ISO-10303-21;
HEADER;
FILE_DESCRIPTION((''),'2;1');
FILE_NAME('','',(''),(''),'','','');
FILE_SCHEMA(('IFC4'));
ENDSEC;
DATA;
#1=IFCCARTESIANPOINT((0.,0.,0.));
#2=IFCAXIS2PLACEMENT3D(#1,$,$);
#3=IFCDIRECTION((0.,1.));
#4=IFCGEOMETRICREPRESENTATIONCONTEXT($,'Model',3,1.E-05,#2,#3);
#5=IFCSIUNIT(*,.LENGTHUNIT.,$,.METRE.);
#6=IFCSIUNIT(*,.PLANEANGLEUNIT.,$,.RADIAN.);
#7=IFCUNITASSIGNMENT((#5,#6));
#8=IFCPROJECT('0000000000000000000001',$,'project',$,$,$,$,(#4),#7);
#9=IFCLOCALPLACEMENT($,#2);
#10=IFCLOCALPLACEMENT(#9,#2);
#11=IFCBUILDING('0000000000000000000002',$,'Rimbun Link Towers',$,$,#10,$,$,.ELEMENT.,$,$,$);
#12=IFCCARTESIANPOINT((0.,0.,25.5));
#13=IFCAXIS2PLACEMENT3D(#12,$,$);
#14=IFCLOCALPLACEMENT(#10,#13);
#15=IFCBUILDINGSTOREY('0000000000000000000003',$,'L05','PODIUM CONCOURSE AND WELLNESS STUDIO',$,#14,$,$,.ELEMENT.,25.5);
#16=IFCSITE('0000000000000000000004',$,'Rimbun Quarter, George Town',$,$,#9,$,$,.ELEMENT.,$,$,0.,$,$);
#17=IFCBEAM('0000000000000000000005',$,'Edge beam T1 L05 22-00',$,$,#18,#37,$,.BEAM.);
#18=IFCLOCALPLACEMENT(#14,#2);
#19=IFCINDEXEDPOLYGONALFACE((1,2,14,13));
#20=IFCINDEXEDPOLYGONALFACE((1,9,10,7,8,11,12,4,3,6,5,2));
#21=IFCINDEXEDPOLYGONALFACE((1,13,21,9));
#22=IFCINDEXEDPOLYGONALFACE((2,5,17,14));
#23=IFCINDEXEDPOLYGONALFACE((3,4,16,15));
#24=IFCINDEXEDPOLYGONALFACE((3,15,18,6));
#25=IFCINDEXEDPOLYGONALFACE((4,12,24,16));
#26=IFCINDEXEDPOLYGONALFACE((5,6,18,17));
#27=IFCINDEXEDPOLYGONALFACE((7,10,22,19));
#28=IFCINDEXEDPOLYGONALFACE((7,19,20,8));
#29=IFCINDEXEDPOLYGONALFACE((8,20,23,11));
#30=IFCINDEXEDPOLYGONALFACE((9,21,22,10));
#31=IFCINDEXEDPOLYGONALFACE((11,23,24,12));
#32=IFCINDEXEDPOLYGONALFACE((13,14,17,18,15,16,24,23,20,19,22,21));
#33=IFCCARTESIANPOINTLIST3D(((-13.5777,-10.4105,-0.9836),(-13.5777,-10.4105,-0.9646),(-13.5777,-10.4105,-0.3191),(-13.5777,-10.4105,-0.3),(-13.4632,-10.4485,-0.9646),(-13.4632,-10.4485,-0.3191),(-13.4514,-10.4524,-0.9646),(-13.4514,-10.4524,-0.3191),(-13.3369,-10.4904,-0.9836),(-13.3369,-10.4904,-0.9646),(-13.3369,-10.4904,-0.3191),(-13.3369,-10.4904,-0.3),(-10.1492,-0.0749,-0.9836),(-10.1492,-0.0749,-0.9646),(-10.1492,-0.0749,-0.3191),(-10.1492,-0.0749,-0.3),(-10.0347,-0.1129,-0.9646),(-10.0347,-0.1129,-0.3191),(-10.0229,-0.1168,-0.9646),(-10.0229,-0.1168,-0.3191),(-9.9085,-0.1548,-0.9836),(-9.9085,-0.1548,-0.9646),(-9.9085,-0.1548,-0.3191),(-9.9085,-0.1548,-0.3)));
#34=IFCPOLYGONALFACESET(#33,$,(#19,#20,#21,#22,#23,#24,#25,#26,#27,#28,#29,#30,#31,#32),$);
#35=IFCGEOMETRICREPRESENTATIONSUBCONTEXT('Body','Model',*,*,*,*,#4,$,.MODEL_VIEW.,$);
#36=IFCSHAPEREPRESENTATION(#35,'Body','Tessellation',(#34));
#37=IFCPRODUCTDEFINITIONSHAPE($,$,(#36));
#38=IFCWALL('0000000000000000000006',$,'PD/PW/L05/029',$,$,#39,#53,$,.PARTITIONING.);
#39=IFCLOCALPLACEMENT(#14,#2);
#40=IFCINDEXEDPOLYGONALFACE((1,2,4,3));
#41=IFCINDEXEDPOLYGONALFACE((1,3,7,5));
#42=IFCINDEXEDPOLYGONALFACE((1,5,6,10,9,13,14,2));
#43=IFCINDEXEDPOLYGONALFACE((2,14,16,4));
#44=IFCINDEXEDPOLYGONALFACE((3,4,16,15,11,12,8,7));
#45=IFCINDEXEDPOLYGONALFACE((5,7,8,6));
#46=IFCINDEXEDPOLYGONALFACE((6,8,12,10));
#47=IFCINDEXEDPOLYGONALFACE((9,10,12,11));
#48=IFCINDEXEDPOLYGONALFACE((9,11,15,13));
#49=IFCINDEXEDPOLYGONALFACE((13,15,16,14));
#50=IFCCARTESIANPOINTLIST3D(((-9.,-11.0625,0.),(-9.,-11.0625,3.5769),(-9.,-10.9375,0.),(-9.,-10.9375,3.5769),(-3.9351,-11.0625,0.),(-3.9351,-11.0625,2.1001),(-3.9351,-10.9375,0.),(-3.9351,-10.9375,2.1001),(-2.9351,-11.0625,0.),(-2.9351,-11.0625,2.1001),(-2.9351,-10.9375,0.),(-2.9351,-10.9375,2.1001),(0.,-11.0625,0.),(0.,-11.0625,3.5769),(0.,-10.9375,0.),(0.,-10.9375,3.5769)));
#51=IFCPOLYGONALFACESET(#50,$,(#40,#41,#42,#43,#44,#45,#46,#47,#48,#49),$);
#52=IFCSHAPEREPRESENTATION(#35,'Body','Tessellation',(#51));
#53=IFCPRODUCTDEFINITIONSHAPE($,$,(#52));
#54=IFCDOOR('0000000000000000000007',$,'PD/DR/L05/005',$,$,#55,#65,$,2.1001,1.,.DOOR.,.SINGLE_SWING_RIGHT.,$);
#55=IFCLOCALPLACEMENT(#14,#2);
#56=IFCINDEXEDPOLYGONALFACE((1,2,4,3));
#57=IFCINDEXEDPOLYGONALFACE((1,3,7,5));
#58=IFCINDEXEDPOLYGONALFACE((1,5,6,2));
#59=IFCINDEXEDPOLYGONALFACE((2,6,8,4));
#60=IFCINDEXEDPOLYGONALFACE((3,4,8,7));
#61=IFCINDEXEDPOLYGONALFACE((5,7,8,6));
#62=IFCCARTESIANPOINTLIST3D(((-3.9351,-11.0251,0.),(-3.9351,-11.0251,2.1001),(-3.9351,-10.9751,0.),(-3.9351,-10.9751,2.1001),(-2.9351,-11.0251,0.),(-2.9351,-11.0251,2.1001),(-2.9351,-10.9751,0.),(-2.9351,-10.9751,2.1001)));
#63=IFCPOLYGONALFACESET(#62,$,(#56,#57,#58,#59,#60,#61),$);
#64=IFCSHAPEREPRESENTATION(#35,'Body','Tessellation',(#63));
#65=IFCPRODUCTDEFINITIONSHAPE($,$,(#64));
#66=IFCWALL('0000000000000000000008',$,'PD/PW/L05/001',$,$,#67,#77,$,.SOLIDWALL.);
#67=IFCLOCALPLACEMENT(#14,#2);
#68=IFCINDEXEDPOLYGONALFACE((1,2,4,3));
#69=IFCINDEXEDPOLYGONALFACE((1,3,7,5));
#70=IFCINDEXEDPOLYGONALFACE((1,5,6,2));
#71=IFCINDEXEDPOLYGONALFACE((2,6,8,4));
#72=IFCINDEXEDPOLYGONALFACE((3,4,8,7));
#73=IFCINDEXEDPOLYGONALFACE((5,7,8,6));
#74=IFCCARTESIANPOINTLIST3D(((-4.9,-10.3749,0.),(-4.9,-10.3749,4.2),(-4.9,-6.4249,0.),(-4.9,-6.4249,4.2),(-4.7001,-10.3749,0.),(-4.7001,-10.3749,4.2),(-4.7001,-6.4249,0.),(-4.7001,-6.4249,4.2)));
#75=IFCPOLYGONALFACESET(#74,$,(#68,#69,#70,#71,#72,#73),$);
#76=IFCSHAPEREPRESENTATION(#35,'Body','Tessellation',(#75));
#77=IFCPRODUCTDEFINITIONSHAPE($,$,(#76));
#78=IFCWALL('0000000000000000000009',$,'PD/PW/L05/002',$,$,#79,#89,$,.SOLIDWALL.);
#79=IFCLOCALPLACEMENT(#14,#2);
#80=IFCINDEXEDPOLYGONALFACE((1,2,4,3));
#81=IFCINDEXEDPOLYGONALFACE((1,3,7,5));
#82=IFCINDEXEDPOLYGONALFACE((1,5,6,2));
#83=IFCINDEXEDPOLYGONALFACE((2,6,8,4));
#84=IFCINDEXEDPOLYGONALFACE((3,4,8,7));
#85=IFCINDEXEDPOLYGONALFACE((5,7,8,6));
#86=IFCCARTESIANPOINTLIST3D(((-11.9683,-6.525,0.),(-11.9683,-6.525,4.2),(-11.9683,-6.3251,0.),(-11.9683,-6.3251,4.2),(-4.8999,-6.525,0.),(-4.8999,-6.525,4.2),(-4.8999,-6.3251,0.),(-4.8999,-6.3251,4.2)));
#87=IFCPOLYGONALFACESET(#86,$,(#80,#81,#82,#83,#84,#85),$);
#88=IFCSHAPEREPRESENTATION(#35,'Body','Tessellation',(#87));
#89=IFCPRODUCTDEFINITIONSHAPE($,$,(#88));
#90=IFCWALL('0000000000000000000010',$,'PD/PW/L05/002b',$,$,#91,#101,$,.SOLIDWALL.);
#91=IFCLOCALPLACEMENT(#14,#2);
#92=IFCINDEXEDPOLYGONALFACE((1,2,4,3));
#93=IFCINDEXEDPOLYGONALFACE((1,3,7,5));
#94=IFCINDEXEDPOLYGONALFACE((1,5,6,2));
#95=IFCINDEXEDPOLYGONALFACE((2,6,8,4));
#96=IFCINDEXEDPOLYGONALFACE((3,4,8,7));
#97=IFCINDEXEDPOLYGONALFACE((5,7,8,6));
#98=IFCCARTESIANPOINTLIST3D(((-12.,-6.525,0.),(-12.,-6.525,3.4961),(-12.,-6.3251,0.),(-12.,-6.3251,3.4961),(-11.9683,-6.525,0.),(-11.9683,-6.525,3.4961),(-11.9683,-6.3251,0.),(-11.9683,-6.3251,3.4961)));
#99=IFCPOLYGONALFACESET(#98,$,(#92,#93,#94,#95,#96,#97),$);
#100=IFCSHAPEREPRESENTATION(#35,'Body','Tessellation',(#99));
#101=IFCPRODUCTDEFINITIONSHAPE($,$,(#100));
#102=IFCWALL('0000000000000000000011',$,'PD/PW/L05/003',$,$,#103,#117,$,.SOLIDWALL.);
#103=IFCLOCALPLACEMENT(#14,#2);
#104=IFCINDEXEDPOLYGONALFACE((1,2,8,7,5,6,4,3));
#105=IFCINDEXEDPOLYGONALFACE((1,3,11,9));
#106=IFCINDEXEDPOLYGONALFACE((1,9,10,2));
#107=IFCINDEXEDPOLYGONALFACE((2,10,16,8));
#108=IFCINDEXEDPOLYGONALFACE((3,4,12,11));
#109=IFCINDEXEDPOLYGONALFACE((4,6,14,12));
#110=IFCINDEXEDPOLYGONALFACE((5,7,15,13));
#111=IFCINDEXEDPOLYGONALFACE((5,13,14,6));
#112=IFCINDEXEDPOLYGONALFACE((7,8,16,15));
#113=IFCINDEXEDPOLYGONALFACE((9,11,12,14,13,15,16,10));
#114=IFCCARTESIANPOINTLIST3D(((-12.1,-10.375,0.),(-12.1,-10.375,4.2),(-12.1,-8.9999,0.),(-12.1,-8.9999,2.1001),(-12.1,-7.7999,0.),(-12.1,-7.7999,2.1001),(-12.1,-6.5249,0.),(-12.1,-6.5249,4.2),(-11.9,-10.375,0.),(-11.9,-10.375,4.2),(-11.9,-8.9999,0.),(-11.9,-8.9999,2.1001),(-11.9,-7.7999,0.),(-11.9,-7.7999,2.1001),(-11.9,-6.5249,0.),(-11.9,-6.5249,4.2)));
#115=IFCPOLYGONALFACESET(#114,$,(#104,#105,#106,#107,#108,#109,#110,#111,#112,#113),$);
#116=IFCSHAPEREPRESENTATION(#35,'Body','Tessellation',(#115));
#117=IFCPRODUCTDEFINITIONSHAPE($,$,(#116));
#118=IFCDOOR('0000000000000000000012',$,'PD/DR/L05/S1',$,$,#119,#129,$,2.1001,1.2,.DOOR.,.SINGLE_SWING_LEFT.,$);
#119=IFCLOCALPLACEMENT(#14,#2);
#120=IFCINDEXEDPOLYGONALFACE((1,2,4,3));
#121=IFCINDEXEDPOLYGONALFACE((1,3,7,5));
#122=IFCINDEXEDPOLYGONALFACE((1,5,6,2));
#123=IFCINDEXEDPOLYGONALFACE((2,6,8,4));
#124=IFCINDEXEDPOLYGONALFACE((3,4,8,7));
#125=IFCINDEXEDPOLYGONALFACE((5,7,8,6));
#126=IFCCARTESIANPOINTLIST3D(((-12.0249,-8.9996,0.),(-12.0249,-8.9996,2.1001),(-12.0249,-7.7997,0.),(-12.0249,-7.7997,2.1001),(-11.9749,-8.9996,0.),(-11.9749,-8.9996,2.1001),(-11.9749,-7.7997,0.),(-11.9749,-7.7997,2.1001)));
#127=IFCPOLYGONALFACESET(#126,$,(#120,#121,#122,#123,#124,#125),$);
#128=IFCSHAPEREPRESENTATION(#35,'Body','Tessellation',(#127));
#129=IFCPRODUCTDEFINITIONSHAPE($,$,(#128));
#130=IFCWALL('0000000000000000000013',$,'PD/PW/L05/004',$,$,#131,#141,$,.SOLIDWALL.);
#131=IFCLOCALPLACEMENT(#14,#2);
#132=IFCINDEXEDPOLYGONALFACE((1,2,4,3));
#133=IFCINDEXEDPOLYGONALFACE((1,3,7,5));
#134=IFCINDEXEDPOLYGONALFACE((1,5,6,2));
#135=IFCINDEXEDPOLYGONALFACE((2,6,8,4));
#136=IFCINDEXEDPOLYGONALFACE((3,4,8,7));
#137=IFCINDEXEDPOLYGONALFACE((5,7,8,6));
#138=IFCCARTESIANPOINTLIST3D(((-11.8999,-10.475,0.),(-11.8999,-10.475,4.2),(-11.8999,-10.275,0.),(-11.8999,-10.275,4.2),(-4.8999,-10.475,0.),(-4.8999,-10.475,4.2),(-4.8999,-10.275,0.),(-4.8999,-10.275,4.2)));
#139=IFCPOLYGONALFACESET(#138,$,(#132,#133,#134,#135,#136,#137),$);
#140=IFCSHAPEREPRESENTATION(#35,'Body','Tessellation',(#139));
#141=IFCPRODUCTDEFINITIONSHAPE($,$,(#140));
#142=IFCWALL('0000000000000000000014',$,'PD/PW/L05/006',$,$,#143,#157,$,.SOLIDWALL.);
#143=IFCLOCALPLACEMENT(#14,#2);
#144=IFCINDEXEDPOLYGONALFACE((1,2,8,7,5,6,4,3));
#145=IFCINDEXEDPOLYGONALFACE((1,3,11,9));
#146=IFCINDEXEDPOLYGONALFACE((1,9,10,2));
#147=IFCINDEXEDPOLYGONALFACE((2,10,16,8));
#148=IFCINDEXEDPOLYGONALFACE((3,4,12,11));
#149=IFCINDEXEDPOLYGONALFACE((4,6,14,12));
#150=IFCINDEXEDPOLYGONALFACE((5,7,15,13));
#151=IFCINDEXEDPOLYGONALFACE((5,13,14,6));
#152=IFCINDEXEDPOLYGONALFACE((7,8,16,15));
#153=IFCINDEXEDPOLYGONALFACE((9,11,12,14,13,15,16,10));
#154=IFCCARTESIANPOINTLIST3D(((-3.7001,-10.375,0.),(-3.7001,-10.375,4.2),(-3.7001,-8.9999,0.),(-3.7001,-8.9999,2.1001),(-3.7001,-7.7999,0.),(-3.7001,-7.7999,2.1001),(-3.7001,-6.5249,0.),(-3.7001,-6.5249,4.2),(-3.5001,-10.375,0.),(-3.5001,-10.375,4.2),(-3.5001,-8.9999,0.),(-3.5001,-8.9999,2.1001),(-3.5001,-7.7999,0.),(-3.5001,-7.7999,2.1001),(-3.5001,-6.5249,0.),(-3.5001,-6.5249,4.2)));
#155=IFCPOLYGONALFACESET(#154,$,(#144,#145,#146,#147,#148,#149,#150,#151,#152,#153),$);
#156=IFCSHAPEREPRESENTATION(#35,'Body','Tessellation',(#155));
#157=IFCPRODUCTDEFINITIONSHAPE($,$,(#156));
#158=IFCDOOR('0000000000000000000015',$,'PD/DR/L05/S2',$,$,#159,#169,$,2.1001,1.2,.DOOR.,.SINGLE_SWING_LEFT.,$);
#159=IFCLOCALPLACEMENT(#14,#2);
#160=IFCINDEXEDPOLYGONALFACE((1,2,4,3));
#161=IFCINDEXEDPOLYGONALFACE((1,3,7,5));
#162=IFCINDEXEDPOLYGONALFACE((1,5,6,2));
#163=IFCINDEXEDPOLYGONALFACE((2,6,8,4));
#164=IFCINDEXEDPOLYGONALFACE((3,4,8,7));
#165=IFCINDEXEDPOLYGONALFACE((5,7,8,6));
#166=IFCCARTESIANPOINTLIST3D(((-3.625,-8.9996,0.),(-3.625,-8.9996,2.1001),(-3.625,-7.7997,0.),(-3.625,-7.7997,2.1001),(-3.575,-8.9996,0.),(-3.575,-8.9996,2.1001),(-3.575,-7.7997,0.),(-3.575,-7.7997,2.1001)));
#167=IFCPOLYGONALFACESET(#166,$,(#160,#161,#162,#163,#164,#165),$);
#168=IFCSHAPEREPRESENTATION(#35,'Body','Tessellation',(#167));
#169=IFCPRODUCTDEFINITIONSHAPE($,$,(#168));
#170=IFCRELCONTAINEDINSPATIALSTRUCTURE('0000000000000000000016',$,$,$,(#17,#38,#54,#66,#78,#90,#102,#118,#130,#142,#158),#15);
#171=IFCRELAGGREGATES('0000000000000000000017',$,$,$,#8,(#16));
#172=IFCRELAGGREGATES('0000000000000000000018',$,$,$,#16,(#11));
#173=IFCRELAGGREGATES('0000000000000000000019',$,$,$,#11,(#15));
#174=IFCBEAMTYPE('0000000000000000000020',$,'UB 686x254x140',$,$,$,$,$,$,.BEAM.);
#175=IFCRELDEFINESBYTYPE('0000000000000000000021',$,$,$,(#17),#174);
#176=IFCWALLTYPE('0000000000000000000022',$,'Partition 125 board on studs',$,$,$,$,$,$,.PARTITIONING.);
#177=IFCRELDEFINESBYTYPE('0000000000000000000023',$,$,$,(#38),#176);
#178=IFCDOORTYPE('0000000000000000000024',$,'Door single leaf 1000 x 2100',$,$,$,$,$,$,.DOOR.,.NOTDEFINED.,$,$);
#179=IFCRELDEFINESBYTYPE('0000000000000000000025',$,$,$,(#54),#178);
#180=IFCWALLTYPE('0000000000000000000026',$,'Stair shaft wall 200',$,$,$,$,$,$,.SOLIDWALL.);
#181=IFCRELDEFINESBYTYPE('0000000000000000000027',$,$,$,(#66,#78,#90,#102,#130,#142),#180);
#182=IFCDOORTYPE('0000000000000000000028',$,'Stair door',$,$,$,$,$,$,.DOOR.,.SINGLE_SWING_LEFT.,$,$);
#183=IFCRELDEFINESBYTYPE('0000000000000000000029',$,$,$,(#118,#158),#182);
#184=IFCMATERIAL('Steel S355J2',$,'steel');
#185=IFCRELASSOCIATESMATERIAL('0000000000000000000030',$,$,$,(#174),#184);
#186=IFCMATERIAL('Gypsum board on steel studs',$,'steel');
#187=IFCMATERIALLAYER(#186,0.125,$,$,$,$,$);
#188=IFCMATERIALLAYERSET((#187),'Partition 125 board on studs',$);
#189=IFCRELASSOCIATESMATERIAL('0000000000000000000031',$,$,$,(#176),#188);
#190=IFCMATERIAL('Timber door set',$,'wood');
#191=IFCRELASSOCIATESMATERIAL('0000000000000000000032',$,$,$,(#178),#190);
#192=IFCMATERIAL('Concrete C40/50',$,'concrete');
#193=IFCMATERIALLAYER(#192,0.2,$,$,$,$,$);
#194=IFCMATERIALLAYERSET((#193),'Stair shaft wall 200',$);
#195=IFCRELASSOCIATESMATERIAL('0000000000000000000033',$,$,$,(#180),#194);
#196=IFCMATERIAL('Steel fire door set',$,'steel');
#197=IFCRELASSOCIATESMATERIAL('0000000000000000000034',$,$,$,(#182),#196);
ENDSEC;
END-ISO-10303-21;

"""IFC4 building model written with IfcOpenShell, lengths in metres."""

from ifc_helpers import new_model, si_unit, direction, frame, frame_2d, origin, origin_2d, place, context, subcontext, project, spatial, rectangle, i_section, extrude, material, layer, layer_set, material_profile, profile_set, type_object, element, fill, save


model = new_model("IFC4")

# Units and contexts
model_context = context("Model", 3, precision=1e-05, world=origin(), true_north=direction((0.0, 1.0)))
body_context = subcontext(model_context, "Body", "Model", "MODEL_VIEW")
ifc_project = project(units=[si_unit("LENGTHUNIT", "METRE"), si_unit("PLANEANGLEUNIT", "RADIAN")], contexts=[model_context])

# Site, building, storey
site_placement = place(None, origin())
site = spatial("IfcSite", under=ifc_project, at=site_placement, Name="Rimbun Quarter, George Town", CompositionType="ELEMENT", RefElevation=0.0)
building_placement = place(site_placement, origin())
building = spatial("IfcBuilding", under=site, at=building_placement, Name="Rimbun Link Towers", CompositionType="ELEMENT")
storey_placement = place(building_placement, frame((0.0, 0.0, 25.5)))
storey = spatial("IfcBuildingStorey", under=building, at=storey_placement, Name="L05", Description="PODIUM CONCOURSE AND WELLNESS STUDIO", CompositionType="ELEMENT", Elevation=25.5)

# Beam
ifc_material_1 = material(Name="Steel S355J2", Category="steel")
ifc_material_profile_1 = material_profile(ifc_material_1, i_section(OverallWidth=0.2537, OverallDepth=0.6836, WebThickness=0.0125, FlangeThickness=0.019, at=origin_2d()), Name="UB 686x254x140")
ifc_profile_set_1 = profile_set([ifc_material_profile_1], Name="Steel S355J2")
beam_type_1 = type_object("IfcBeamType", Name="UB 686x254x140", PredefinedType="BEAM", material=ifc_profile_set_1)
beam_1_placement = place(storey_placement, frame((-13.4573, -10.4504, -0.6418), z_axis=(0.314842, 0.949144, 0.0), x_axis=(-0.949144, 0.314842, 0.0)))
element("IfcBeam", 1, at=beam_1_placement, inside=storey, type_object=beam_type_1, Name="Edge beam T1 L05 22-00", PredefinedType="BEAM", context=body_context, shape_type="SweptSolid", body=[
    extrude(i_section(OverallWidth=0.2537, OverallDepth=0.6836, WebThickness=0.0125, FlangeThickness=0.019, at=origin_2d()), origin(), (0.0, 0.0, 1.0), 10.8894),
])

# Wall, opening, door
ifc_material_2 = material(Name="Gypsum board on steel studs", Category="steel")
ifc_layer_1 = layer(ifc_material_2, 0.125)
ifc_layer_set_1 = layer_set([ifc_layer_1], Name="Partition 125 board on studs")
wall_type_1 = type_object("IfcWallType", Name="Partition 125 board on studs", PredefinedType="PARTITIONING", material=ifc_layer_set_1)
wall_1_placement = place(storey_placement, frame((-9.0, -11.0, 0.0), z_axis=(0.0, 0.0, 1.0), x_axis=(1.0, 0.0, 0.0)))
wall_1 = element("IfcWall", 2, at=wall_1_placement, inside=storey, type_object=wall_type_1, Name="PD/PW/L05/029", PredefinedType="PARTITIONING", context=body_context, shape_type="SweptSolid", body=[
    extrude(rectangle(XDim=9.0, YDim=0.125, at=frame_2d((4.5, 0.0))), origin(), (0.0, 0.0, 1.0), 3.5769),
])
opening_1_placement = place(wall_1_placement, frame((5.0649, 0.0, 0.0)))
opening_1 = element("IfcOpeningElement", 3, at=opening_1_placement, cuts=wall_1, PredefinedType="OPENING", context=body_context, shape_type="SweptSolid", body=[
    extrude(rectangle(XDim=1.0, YDim=2.1001, at=frame_2d((0.5, 1.05))), frame((0.0, 0.0725, 0.0), z_axis=(0.0, -1.0, 0.0), x_axis=(1.0, 0.0, 0.0)), (0.0, 0.0, 1.0), 0.145),
])
ifc_material_3 = material(Name="Timber door set", Category="wood")
door_type_1 = type_object("IfcDoorType", Name="Door single leaf 1000 x 2100", OperationType="NOTDEFINED", PredefinedType="DOOR", material=ifc_material_3)
door_1_placement = place(opening_1_placement, origin())
door_1 = element("IfcDoor", 4, at=door_1_placement, inside=storey, type_object=door_type_1, Name="PD/DR/L05/005", OperationType="SINGLE_SWING_RIGHT", OverallHeight=2.1001, OverallWidth=1.0, PredefinedType="DOOR", context=body_context, shape_type="SweptSolid", body=[
    extrude(rectangle(XDim=1.0, YDim=2.1001, at=frame_2d((0.5, 1.05))), frame((0.0, 0.0249, 0.0), z_axis=(0.0, -1.0, 0.0), x_axis=(1.0, 0.0, 0.0)), (0.0, 0.0, 1.0), 0.05),
])
fill(opening_1, door_1)

# Walls
ifc_material_4 = material(Name="Concrete C40/50", Category="concrete")
ifc_layer_2 = layer(ifc_material_4, 0.2)
ifc_layer_set_2 = layer_set([ifc_layer_2], Name="Stair shaft wall 200")
wall_type_2 = type_object("IfcWallType", Name="Stair shaft wall 200", PredefinedType="SOLIDWALL", material=ifc_layer_set_2)
wall_2_placement = place(storey_placement, frame((-4.8, -10.375, 0.0), z_axis=(0.0, 0.0, 1.0), x_axis=(0.0, 1.0, 0.0)))
element("IfcWall", 5, at=wall_2_placement, inside=storey, type_object=wall_type_2, Name="PD/PW/L05/001", PredefinedType="SOLIDWALL", context=body_context, shape_type="SweptSolid", body=[
    extrude(rectangle(XDim=3.95, YDim=0.2, at=frame_2d((1.9751, 0.0))), origin(), (0.0, 0.0, 1.0), 4.2),
])
wall_3_placement = place(storey_placement, frame((-4.8999, -6.425, 0.0), z_axis=(0.0, 0.0, 1.0), x_axis=(-1.0, 0.0, 0.0)))
element("IfcWall", 6, at=wall_3_placement, inside=storey, type_object=wall_type_2, Name="PD/PW/L05/002", PredefinedType="SOLIDWALL", context=body_context, shape_type="SweptSolid", body=[
    extrude(rectangle(XDim=7.0684, YDim=0.2, at=frame_2d((3.5342, 0.0))), origin(), (0.0, 0.0, 1.0), 4.2),
])
wall_4_placement = place(storey_placement, frame((-11.9683, -6.425, 0.0), z_axis=(0.0, 0.0, 1.0), x_axis=(-1.0, 0.0, 0.0)))
element("IfcWall", 7, at=wall_4_placement, inside=storey, type_object=wall_type_2, Name="PD/PW/L05/002b", PredefinedType="SOLIDWALL", context=body_context, shape_type="SweptSolid", body=[
    extrude(rectangle(XDim=0.0317, YDim=0.2, at=frame_2d((0.0159, 0.0))), origin(), (0.0, 0.0, 1.0), 3.4961),
])

# Wall, opening, door
wall_5_placement = place(storey_placement, frame((-12.0, -6.5249, 0.0), z_axis=(0.0, 0.0, 1.0), x_axis=(0.0, -1.0, 0.0)))
wall_5 = element("IfcWall", 8, at=wall_5_placement, inside=storey, type_object=wall_type_2, Name="PD/PW/L05/003", PredefinedType="SOLIDWALL", context=body_context, shape_type="SweptSolid", body=[
    extrude(rectangle(XDim=3.8501, YDim=0.2, at=frame_2d((1.925, 0.0))), origin(), (0.0, 0.0, 1.0), 4.2),
])
opening_2_placement = place(wall_5_placement, frame((1.2749, 0.0, 0.0)))
opening_2 = element("IfcOpeningElement", 9, at=opening_2_placement, cuts=wall_5, PredefinedType="OPENING", context=body_context, shape_type="SweptSolid", body=[
    extrude(rectangle(XDim=1.2, YDim=2.1001, at=frame_2d((0.6001, 1.05))), frame((0.0, 0.1099, 0.0), z_axis=(0.0, -1.0, 0.0), x_axis=(1.0, 0.0, 0.0)), (0.0, 0.0, 1.0), 0.22),
])
ifc_material_5 = material(Name="Steel fire door set", Category="steel")
door_type_2 = type_object("IfcDoorType", Name="Stair door", OperationType="SINGLE_SWING_LEFT", PredefinedType="DOOR", material=ifc_material_5)
door_2_placement = place(opening_2_placement, frame((1.2, 0.0, 0.0), z_axis=(0.0, 0.0, 1.0), x_axis=(-1.0, 0.0, 0.0)))
door_2 = element("IfcDoor", 10, at=door_2_placement, inside=storey, type_object=door_type_2, Name="PD/DR/L05/S1", OperationType="SINGLE_SWING_LEFT", OverallHeight=2.1001, OverallWidth=1.2, PredefinedType="DOOR", context=body_context, shape_type="SweptSolid", body=[
    extrude(rectangle(XDim=1.2, YDim=2.1001, at=frame_2d((0.6001, 1.05))), frame((0.0, 0.0249, 0.0), z_axis=(0.0, -1.0, 0.0), x_axis=(1.0, 0.0, 0.0)), (0.0, 0.0, 1.0), 0.05),
])
fill(opening_2, door_2)

# Wall
wall_6_placement = place(storey_placement, frame((-11.8999, -10.375, 0.0), z_axis=(0.0, 0.0, 1.0), x_axis=(1.0, 0.0, 0.0)))
element("IfcWall", 11, at=wall_6_placement, inside=storey, type_object=wall_type_2, Name="PD/PW/L05/004", PredefinedType="SOLIDWALL", context=body_context, shape_type="SweptSolid", body=[
    extrude(rectangle(XDim=7.0, YDim=0.2, at=frame_2d((3.5, 0.0))), origin(), (0.0, 0.0, 1.0), 4.2),
])

# Wall, opening, door
wall_7_placement = place(storey_placement, frame((-3.6001, -6.5249, 0.0), z_axis=(0.0, 0.0, 1.0), x_axis=(0.0, -1.0, 0.0)))
wall_7 = element("IfcWall", 12, at=wall_7_placement, inside=storey, type_object=wall_type_2, Name="PD/PW/L05/006", PredefinedType="SOLIDWALL", context=body_context, shape_type="SweptSolid", body=[
    extrude(rectangle(XDim=3.8501, YDim=0.2, at=frame_2d((1.925, 0.0))), origin(), (0.0, 0.0, 1.0), 4.2),
])
opening_3_placement = place(wall_7_placement, frame((1.2749, 0.0, 0.0)))
opening_3 = element("IfcOpeningElement", 13, at=opening_3_placement, cuts=wall_7, PredefinedType="OPENING", context=body_context, shape_type="SweptSolid", body=[
    extrude(rectangle(XDim=1.2, YDim=2.1001, at=frame_2d((0.6001, 1.05))), frame((0.0, 0.1099, 0.0), z_axis=(0.0, -1.0, 0.0), x_axis=(1.0, 0.0, 0.0)), (0.0, 0.0, 1.0), 0.22),
])
door_3_placement = place(opening_3_placement, frame((1.2, 0.0, 0.0), z_axis=(0.0, 0.0, 1.0), x_axis=(-1.0, 0.0, 0.0)))
door_3 = element("IfcDoor", 14, at=door_3_placement, inside=storey, type_object=door_type_2, Name="PD/DR/L05/S2", OperationType="SINGLE_SWING_LEFT", OverallHeight=2.1001, OverallWidth=1.2, PredefinedType="DOOR", context=body_context, shape_type="SweptSolid", body=[
    extrude(rectangle(XDim=1.2, YDim=2.1001, at=frame_2d((0.6001, 1.05))), frame((0.0, 0.0249, 0.0), z_axis=(0.0, -1.0, 0.0), x_axis=(1.0, 0.0, 0.0)), (0.0, 0.0, 1.0), 0.05),
])
fill(opening_3, door_3)

save(model, "model.ifc")
